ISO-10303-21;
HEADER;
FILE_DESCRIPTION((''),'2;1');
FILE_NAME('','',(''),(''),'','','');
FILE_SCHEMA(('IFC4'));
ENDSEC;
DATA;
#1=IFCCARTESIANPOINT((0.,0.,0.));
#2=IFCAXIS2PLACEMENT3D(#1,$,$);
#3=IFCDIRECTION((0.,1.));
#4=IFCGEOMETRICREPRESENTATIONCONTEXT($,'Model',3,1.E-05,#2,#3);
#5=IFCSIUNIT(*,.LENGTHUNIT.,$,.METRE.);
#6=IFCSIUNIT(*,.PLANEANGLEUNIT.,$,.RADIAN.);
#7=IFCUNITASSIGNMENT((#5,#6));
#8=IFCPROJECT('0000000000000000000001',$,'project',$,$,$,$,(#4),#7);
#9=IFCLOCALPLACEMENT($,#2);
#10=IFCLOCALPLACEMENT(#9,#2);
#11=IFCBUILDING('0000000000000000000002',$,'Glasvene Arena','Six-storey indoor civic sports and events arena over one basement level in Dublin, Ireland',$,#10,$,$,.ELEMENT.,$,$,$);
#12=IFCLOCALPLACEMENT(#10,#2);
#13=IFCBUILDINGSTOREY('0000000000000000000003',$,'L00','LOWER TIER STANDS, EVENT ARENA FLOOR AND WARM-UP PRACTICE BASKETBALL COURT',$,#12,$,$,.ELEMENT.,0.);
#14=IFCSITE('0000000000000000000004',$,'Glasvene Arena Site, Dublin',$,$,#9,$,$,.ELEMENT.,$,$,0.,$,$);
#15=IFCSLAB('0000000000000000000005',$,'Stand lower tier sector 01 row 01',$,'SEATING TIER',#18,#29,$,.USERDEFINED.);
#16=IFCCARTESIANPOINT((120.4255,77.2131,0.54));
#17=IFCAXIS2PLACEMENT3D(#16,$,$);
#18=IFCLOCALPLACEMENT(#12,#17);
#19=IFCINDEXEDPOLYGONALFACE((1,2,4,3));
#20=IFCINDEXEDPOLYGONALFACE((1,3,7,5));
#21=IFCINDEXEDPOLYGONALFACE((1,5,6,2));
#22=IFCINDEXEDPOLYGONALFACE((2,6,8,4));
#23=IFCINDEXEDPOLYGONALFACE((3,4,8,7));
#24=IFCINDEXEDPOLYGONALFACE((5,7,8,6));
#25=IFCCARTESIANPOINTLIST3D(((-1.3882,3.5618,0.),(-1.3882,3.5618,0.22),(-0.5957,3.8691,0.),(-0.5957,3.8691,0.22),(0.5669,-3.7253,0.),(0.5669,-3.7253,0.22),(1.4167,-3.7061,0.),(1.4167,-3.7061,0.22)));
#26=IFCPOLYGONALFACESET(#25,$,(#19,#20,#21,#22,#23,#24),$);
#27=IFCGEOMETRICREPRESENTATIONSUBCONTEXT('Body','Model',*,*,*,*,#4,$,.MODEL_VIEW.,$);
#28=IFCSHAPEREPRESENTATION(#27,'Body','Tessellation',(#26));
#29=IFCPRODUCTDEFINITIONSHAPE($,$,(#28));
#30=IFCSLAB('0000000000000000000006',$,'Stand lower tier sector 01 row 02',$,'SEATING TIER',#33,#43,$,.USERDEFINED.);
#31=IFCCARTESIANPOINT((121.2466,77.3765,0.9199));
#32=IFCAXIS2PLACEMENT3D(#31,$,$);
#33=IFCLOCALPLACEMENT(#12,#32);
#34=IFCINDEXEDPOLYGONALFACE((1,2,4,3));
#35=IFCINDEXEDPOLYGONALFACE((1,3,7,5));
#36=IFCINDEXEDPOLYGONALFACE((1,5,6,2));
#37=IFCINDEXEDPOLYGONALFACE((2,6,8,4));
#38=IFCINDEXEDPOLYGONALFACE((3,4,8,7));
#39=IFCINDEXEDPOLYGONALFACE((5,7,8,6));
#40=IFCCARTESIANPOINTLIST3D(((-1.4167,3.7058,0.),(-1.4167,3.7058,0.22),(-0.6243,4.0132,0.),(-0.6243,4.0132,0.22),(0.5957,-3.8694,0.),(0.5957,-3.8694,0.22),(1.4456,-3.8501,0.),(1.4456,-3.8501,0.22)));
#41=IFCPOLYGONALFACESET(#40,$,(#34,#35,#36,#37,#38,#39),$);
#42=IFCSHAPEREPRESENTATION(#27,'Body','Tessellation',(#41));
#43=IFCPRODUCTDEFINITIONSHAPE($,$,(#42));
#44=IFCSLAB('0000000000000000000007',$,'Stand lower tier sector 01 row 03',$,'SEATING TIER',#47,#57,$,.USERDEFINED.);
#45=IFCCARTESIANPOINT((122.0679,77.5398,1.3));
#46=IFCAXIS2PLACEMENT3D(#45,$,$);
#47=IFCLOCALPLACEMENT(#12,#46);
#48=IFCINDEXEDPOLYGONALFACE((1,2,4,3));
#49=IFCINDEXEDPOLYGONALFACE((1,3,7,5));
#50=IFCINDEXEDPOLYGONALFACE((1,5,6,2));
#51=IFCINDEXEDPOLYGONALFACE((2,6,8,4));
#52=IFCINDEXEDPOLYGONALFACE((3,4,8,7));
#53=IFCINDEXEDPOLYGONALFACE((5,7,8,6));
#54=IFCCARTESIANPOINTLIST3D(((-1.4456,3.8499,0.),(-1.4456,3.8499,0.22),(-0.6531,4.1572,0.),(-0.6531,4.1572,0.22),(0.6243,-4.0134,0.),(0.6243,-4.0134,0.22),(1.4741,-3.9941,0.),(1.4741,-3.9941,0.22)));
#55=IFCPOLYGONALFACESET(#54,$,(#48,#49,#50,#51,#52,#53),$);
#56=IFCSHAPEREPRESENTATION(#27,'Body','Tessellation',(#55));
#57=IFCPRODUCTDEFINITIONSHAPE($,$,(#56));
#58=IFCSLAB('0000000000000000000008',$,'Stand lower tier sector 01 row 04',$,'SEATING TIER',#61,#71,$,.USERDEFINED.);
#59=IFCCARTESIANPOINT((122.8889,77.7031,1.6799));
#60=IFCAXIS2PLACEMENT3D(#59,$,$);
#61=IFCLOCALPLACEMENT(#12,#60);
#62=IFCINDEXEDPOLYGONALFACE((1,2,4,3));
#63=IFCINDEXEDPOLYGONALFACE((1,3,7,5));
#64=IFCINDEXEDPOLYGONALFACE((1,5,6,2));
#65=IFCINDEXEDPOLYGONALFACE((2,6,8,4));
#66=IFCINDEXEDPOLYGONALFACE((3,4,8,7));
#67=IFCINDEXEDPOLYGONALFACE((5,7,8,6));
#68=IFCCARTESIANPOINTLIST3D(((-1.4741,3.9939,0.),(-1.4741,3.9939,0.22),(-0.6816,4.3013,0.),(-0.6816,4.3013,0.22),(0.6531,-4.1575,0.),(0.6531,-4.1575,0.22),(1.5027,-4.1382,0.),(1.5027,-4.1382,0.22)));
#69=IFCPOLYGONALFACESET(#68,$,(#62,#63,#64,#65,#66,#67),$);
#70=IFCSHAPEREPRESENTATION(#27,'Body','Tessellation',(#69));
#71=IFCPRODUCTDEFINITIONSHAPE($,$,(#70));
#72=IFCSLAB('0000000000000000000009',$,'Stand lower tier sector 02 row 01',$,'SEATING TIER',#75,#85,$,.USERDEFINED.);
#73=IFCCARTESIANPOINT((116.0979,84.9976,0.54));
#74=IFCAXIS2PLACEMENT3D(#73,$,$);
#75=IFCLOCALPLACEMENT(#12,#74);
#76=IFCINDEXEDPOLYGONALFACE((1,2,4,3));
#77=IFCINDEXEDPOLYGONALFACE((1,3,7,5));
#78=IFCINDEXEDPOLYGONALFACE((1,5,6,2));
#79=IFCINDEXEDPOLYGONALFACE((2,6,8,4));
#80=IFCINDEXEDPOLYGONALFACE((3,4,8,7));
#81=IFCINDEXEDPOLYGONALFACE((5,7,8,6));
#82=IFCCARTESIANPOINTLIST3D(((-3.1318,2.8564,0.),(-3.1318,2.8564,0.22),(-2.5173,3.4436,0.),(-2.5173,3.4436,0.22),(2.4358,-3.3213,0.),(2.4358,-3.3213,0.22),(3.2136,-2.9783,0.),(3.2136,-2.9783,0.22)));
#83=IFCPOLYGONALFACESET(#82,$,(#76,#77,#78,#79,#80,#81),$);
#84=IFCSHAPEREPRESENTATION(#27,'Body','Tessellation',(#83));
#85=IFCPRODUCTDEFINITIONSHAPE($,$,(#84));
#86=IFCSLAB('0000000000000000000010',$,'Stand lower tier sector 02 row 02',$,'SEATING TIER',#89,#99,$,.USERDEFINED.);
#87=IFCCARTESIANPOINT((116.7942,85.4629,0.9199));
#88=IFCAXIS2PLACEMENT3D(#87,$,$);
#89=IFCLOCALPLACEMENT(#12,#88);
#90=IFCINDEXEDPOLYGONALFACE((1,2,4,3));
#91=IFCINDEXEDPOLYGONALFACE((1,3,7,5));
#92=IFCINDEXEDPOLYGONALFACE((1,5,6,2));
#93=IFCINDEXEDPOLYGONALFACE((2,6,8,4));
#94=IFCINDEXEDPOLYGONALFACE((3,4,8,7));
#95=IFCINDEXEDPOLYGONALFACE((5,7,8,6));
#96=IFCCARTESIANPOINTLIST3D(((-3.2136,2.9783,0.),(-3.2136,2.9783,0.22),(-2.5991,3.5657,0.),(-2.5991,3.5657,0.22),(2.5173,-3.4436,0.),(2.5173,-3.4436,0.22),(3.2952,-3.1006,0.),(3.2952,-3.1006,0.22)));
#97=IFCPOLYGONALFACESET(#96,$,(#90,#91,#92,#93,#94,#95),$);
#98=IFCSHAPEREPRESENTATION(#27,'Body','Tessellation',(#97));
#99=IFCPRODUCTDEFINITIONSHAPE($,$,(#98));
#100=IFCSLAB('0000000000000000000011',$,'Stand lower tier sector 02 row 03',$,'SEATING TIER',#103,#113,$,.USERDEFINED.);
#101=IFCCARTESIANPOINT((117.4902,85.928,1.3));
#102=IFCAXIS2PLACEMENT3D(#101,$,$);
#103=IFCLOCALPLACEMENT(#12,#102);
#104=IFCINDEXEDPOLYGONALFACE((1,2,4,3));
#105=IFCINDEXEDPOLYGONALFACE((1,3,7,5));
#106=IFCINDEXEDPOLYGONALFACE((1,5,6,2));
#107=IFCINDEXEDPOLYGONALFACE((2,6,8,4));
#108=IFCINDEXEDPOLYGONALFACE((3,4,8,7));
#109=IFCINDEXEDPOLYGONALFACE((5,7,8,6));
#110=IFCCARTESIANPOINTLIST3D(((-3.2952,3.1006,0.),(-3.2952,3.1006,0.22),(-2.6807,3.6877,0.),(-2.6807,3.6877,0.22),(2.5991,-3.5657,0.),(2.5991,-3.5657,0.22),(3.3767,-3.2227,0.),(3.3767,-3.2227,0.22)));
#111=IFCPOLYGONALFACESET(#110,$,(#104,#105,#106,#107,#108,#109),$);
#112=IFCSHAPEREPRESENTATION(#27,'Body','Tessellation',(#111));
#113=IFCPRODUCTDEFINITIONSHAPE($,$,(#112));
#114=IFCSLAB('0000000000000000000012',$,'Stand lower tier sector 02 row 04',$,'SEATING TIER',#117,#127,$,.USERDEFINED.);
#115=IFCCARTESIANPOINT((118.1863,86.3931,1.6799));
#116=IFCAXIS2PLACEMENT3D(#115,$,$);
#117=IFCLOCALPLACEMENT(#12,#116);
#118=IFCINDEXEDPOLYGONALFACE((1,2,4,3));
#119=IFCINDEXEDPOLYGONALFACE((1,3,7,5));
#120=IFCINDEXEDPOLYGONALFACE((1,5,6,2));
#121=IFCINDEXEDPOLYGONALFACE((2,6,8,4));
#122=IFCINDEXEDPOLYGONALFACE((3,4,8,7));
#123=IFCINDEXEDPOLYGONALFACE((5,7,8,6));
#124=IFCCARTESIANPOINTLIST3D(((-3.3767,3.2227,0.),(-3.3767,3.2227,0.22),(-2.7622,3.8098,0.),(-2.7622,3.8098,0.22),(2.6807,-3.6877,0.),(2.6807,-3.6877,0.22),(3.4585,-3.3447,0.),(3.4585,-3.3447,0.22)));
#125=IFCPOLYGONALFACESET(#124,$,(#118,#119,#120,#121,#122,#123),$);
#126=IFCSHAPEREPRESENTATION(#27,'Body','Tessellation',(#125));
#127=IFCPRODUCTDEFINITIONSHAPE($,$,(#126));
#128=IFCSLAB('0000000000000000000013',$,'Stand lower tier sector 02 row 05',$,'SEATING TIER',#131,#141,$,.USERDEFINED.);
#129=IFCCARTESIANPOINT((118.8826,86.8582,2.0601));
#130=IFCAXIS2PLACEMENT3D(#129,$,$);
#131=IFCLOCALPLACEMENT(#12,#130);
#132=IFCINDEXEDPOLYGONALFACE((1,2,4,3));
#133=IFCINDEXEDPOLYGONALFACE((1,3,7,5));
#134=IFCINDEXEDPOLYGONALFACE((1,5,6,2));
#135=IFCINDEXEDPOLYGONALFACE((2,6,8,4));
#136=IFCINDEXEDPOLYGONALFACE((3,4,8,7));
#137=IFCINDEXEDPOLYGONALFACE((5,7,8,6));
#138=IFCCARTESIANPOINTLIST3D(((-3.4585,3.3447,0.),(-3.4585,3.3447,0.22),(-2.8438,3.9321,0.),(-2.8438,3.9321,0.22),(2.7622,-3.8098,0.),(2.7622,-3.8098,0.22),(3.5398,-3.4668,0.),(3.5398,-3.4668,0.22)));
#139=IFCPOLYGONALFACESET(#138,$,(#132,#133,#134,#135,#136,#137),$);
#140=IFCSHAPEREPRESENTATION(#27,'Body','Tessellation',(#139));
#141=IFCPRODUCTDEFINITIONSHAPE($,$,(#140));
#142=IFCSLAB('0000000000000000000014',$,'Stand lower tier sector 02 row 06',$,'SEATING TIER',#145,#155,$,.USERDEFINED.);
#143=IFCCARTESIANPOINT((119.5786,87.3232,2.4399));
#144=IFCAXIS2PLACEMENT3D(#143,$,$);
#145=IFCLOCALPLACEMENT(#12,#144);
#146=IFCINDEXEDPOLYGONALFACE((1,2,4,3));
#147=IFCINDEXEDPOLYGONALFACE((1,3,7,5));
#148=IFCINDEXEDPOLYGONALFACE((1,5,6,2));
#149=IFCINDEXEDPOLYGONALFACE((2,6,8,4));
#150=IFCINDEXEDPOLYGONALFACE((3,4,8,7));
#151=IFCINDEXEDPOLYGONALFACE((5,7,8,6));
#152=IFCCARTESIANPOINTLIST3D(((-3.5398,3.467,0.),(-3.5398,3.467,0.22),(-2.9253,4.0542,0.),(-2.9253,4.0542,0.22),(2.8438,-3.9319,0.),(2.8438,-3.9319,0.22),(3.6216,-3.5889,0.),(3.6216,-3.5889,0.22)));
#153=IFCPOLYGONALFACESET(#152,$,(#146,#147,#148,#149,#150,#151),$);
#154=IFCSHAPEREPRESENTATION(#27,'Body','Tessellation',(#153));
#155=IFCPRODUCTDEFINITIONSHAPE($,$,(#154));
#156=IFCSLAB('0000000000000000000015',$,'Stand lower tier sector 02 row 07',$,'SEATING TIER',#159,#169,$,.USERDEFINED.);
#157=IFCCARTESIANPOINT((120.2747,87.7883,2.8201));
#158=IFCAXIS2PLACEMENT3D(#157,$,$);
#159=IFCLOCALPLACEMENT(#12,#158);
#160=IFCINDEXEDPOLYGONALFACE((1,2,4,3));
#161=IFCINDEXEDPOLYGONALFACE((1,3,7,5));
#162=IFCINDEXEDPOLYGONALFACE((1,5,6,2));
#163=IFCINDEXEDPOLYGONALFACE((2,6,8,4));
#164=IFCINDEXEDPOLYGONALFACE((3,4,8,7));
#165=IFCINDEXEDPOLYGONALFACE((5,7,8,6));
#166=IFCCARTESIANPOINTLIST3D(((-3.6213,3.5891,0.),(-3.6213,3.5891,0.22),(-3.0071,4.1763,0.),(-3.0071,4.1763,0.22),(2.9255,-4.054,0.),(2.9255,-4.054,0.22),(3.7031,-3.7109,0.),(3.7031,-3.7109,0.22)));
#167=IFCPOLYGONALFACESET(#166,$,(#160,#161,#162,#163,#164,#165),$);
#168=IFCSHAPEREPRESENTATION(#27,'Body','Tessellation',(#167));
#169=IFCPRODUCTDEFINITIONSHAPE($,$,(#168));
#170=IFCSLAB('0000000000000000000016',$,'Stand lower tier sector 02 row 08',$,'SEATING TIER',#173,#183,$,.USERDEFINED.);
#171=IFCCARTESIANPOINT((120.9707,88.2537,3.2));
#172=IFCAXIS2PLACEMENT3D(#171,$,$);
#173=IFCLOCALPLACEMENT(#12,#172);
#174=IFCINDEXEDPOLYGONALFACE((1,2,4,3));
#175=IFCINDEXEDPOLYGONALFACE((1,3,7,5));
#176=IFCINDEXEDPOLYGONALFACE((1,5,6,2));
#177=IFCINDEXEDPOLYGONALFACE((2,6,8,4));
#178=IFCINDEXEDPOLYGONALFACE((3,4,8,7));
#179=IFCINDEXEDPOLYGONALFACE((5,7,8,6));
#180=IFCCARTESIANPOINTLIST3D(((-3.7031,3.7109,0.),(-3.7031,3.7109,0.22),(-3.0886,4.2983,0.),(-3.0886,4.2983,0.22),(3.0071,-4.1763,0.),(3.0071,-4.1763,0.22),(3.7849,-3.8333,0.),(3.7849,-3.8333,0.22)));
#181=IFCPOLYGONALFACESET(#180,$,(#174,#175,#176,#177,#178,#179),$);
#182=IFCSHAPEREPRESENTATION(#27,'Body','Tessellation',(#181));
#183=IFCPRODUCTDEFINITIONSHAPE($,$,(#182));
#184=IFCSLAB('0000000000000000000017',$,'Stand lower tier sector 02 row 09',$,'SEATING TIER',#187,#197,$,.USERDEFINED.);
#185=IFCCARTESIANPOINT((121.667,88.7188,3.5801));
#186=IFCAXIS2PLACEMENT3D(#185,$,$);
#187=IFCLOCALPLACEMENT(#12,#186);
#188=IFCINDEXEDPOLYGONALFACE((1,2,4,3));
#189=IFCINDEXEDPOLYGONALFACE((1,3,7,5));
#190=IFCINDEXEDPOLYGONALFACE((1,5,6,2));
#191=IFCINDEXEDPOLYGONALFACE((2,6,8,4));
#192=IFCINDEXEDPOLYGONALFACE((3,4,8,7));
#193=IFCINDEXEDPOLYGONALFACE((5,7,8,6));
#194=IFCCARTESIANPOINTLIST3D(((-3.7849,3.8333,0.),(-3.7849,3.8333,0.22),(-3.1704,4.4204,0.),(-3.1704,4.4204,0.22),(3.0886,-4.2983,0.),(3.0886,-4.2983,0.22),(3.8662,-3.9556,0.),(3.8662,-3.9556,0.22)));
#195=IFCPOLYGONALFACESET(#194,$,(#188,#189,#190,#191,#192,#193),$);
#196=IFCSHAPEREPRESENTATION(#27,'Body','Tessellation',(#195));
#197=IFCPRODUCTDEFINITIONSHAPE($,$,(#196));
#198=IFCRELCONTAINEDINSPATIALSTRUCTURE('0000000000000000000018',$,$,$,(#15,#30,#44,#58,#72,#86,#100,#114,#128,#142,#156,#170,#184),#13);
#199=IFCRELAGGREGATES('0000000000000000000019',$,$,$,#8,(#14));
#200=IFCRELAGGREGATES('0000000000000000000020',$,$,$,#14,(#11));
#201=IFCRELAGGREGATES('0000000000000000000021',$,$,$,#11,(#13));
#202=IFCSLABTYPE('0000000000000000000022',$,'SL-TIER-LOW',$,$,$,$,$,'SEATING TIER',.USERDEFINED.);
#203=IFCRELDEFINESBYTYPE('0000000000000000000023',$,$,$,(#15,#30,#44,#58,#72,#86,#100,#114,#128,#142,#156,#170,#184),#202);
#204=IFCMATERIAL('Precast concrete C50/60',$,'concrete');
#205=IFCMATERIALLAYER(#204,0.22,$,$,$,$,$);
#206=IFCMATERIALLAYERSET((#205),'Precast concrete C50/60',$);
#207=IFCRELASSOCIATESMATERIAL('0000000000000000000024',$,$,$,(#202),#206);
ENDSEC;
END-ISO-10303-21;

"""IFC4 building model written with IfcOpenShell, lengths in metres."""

from ifc_helpers import new_model, si_unit, direction, frame, origin, place, context, subcontext, project, spatial, polyline, outline, extrude, material, layer, layer_set, type_object, element, save


model = new_model("IFC4")

# Units and contexts
model_context = context("Model", 3, precision=1e-05, world=origin(), true_north=direction((0.0, 1.0)))
body_context = subcontext(model_context, "Body", "Model", "MODEL_VIEW")
ifc_project = project(units=[si_unit("LENGTHUNIT", "METRE"), si_unit("PLANEANGLEUNIT", "RADIAN")], contexts=[model_context])

# Site, building, storey
site_placement = place(None, origin())
site = spatial("IfcSite", under=ifc_project, at=site_placement, Name="Glasvene Arena Site, Dublin", CompositionType="ELEMENT", RefElevation=0.0)
building_placement = place(site_placement, origin())
building = spatial("IfcBuilding", under=site, at=building_placement, Name="Glasvene Arena", Description="Six-storey indoor civic sports and events arena over one basement level in Dublin, Ireland", CompositionType="ELEMENT")
storey_placement = place(building_placement, origin())
storey = spatial("IfcBuildingStorey", under=building, at=storey_placement, Name="L00", Description="LOWER TIER STANDS, EVENT ARENA FLOOR AND WARM-UP PRACTICE BASKETBALL COURT", CompositionType="ELEMENT", Elevation=0.0)

# Shared definitions
ifc_material_1 = material(Name="Precast concrete C50/60", Category="concrete")

# Slabs
ifc_layer = layer(ifc_material_1, 0.22)
ifc_layer_set = layer_set([ifc_layer], Name="Precast concrete C50/60")
slab_type = type_object("IfcSlabType", Name="SL-TIER-LOW", ElementType="SEATING TIER", PredefinedType="USERDEFINED", material=ifc_layer_set)
slab_1_placement = place(storey_placement, frame((120.4255, 77.2131, 0.54)))
element("IfcSlab", 1, at=slab_1_placement, inside=storey, type_object=slab_type, Name="Stand lower tier sector 01 row 01", ObjectType="SEATING TIER", PredefinedType="USERDEFINED", context=body_context, shape_type="SweptSolid", body=[
    extrude(outline(polyline([(0.5669, -3.7253), (-1.3882, 3.5618), (-0.5957, 3.8691), (1.4167, -3.7061), (0.5669, -3.7253)])), origin(), (0.0, 0.0, 1.0), 0.22),
])
slab_2_placement = place(storey_placement, frame((121.2466, 77.3765, 0.9199)))
element("IfcSlab", 2, at=slab_2_placement, inside=storey, type_object=slab_type, Name="Stand lower tier sector 01 row 02", ObjectType="SEATING TIER", PredefinedType="USERDEFINED", context=body_context, shape_type="SweptSolid", body=[
    extrude(outline(polyline([(0.5957, -3.8694), (-1.4167, 3.7058), (-0.6243, 4.0132), (1.4456, -3.8501), (0.5957, -3.8694)])), origin(), (0.0, 0.0, 1.0), 0.22),
])
slab_3_placement = place(storey_placement, frame((122.0679, 77.5398, 1.3)))
element("IfcSlab", 3, at=slab_3_placement, inside=storey, type_object=slab_type, Name="Stand lower tier sector 01 row 03", ObjectType="SEATING TIER", PredefinedType="USERDEFINED", context=body_context, shape_type="SweptSolid", body=[
    extrude(outline(polyline([(0.6243, -4.0134), (-1.4456, 3.8499), (-0.6531, 4.1572), (1.4741, -3.9941), (0.6243, -4.0134)])), origin(), (0.0, 0.0, 1.0), 0.22),
])
slab_4_placement = place(storey_placement, frame((122.8889, 77.7031, 1.6799)))
element("IfcSlab", 4, at=slab_4_placement, inside=storey, type_object=slab_type, Name="Stand lower tier sector 01 row 04", ObjectType="SEATING TIER", PredefinedType="USERDEFINED", context=body_context, shape_type="SweptSolid", body=[
    extrude(outline(polyline([(0.6531, -4.1575), (-1.4741, 3.9939), (-0.6816, 4.3013), (1.5027, -4.1382), (0.6531, -4.1575)])), origin(), (0.0, 0.0, 1.0), 0.22),
])
slab_5_placement = place(storey_placement, frame((116.0979, 84.9976, 0.54)))
element("IfcSlab", 5, at=slab_5_placement, inside=storey, type_object=slab_type, Name="Stand lower tier sector 02 row 01", ObjectType="SEATING TIER", PredefinedType="USERDEFINED", context=body_context, shape_type="SweptSolid", body=[
    extrude(outline(polyline([(2.4358, -3.3213), (-3.1318, 2.8564), (-2.5173, 3.4436), (3.2136, -2.9783), (2.4358, -3.3213)])), origin(), (0.0, 0.0, 1.0), 0.22),
])
slab_6_placement = place(storey_placement, frame((116.7942, 85.4629, 0.9199)))
element("IfcSlab", 6, at=slab_6_placement, inside=storey, type_object=slab_type, Name="Stand lower tier sector 02 row 02", ObjectType="SEATING TIER", PredefinedType="USERDEFINED", context=body_context, shape_type="SweptSolid", body=[
    extrude(outline(polyline([(2.5173, -3.4436), (-3.2136, 2.9783), (-2.5991, 3.5657), (3.2952, -3.1006), (2.5173, -3.4436)])), origin(), (0.0, 0.0, 1.0), 0.22),
])
slab_7_placement = place(storey_placement, frame((117.4902, 85.928, 1.3)))
element("IfcSlab", 7, at=slab_7_placement, inside=storey, type_object=slab_type, Name="Stand lower tier sector 02 row 03", ObjectType="SEATING TIER", PredefinedType="USERDEFINED", context=body_context, shape_type="SweptSolid", body=[
    extrude(outline(polyline([(2.5991, -3.5657), (-3.2952, 3.1006), (-2.6807, 3.6877), (3.3767, -3.2227), (2.5991, -3.5657)])), origin(), (0.0, 0.0, 1.0), 0.22),
])
slab_8_placement = place(storey_placement, frame((118.1863, 86.3931, 1.6799)))
element("IfcSlab", 8, at=slab_8_placement, inside=storey, type_object=slab_type, Name="Stand lower tier sector 02 row 04", ObjectType="SEATING TIER", PredefinedType="USERDEFINED", context=body_context, shape_type="SweptSolid", body=[
    extrude(outline(polyline([(2.6807, -3.6877), (-3.3767, 3.2227), (-2.7622, 3.8098), (3.4585, -3.3447), (2.6807, -3.6877)])), origin(), (0.0, 0.0, 1.0), 0.22),
])
slab_9_placement = place(storey_placement, frame((118.8826, 86.8582, 2.0601)))
element("IfcSlab", 9, at=slab_9_placement, inside=storey, type_object=slab_type, Name="Stand lower tier sector 02 row 05", ObjectType="SEATING TIER", PredefinedType="USERDEFINED", context=body_context, shape_type="SweptSolid", body=[
    extrude(outline(polyline([(2.7622, -3.8098), (-3.4585, 3.3447), (-2.8438, 3.9321), (3.5398, -3.4668), (2.7622, -3.8098)])), origin(), (0.0, 0.0, 1.0), 0.22),
])
slab_10_placement = place(storey_placement, frame((119.5786, 87.3232, 2.4399)))
element("IfcSlab", 10, at=slab_10_placement, inside=storey, type_object=slab_type, Name="Stand lower tier sector 02 row 06", ObjectType="SEATING TIER", PredefinedType="USERDEFINED", context=body_context, shape_type="SweptSolid", body=[
    extrude(outline(polyline([(2.8438, -3.9319), (-3.5398, 3.467), (-2.9253, 4.0542), (3.6216, -3.5889), (2.8438, -3.9319)])), origin(), (0.0, 0.0, 1.0), 0.22),
])
slab_11_placement = place(storey_placement, frame((120.2747, 87.7883, 2.8201)))
element("IfcSlab", 11, at=slab_11_placement, inside=storey, type_object=slab_type, Name="Stand lower tier sector 02 row 07", ObjectType="SEATING TIER", PredefinedType="USERDEFINED", context=body_context, shape_type="SweptSolid", body=[
    extrude(outline(polyline([(2.9255, -4.054), (-3.6213, 3.5891), (-3.0071, 4.1763), (3.7031, -3.7109), (2.9255, -4.054)])), origin(), (0.0, 0.0, 1.0), 0.22),
])
slab_12_placement = place(storey_placement, frame((120.9707, 88.2537, 3.2)))
element("IfcSlab", 12, at=slab_12_placement, inside=storey, type_object=slab_type, Name="Stand lower tier sector 02 row 08", ObjectType="SEATING TIER", PredefinedType="USERDEFINED", context=body_context, shape_type="SweptSolid", body=[
    extrude(outline(polyline([(3.0071, -4.1763), (-3.7031, 3.7109), (-3.0886, 4.2983), (3.7849, -3.8333), (3.0071, -4.1763)])), origin(), (0.0, 0.0, 1.0), 0.22),
])
slab_13_placement = place(storey_placement, frame((121.667, 88.7188, 3.5801)))
element("IfcSlab", 13, at=slab_13_placement, inside=storey, type_object=slab_type, Name="Stand lower tier sector 02 row 09", ObjectType="SEATING TIER", PredefinedType="USERDEFINED", context=body_context, shape_type="SweptSolid", body=[
    extrude(outline(polyline([(3.0886, -4.2983), (-3.7849, 3.8333), (-3.1704, 4.4204), (3.8662, -3.9556), (3.0886, -4.2983)])), origin(), (0.0, 0.0, 1.0), 0.22),
])

save(model, "model.ifc")
